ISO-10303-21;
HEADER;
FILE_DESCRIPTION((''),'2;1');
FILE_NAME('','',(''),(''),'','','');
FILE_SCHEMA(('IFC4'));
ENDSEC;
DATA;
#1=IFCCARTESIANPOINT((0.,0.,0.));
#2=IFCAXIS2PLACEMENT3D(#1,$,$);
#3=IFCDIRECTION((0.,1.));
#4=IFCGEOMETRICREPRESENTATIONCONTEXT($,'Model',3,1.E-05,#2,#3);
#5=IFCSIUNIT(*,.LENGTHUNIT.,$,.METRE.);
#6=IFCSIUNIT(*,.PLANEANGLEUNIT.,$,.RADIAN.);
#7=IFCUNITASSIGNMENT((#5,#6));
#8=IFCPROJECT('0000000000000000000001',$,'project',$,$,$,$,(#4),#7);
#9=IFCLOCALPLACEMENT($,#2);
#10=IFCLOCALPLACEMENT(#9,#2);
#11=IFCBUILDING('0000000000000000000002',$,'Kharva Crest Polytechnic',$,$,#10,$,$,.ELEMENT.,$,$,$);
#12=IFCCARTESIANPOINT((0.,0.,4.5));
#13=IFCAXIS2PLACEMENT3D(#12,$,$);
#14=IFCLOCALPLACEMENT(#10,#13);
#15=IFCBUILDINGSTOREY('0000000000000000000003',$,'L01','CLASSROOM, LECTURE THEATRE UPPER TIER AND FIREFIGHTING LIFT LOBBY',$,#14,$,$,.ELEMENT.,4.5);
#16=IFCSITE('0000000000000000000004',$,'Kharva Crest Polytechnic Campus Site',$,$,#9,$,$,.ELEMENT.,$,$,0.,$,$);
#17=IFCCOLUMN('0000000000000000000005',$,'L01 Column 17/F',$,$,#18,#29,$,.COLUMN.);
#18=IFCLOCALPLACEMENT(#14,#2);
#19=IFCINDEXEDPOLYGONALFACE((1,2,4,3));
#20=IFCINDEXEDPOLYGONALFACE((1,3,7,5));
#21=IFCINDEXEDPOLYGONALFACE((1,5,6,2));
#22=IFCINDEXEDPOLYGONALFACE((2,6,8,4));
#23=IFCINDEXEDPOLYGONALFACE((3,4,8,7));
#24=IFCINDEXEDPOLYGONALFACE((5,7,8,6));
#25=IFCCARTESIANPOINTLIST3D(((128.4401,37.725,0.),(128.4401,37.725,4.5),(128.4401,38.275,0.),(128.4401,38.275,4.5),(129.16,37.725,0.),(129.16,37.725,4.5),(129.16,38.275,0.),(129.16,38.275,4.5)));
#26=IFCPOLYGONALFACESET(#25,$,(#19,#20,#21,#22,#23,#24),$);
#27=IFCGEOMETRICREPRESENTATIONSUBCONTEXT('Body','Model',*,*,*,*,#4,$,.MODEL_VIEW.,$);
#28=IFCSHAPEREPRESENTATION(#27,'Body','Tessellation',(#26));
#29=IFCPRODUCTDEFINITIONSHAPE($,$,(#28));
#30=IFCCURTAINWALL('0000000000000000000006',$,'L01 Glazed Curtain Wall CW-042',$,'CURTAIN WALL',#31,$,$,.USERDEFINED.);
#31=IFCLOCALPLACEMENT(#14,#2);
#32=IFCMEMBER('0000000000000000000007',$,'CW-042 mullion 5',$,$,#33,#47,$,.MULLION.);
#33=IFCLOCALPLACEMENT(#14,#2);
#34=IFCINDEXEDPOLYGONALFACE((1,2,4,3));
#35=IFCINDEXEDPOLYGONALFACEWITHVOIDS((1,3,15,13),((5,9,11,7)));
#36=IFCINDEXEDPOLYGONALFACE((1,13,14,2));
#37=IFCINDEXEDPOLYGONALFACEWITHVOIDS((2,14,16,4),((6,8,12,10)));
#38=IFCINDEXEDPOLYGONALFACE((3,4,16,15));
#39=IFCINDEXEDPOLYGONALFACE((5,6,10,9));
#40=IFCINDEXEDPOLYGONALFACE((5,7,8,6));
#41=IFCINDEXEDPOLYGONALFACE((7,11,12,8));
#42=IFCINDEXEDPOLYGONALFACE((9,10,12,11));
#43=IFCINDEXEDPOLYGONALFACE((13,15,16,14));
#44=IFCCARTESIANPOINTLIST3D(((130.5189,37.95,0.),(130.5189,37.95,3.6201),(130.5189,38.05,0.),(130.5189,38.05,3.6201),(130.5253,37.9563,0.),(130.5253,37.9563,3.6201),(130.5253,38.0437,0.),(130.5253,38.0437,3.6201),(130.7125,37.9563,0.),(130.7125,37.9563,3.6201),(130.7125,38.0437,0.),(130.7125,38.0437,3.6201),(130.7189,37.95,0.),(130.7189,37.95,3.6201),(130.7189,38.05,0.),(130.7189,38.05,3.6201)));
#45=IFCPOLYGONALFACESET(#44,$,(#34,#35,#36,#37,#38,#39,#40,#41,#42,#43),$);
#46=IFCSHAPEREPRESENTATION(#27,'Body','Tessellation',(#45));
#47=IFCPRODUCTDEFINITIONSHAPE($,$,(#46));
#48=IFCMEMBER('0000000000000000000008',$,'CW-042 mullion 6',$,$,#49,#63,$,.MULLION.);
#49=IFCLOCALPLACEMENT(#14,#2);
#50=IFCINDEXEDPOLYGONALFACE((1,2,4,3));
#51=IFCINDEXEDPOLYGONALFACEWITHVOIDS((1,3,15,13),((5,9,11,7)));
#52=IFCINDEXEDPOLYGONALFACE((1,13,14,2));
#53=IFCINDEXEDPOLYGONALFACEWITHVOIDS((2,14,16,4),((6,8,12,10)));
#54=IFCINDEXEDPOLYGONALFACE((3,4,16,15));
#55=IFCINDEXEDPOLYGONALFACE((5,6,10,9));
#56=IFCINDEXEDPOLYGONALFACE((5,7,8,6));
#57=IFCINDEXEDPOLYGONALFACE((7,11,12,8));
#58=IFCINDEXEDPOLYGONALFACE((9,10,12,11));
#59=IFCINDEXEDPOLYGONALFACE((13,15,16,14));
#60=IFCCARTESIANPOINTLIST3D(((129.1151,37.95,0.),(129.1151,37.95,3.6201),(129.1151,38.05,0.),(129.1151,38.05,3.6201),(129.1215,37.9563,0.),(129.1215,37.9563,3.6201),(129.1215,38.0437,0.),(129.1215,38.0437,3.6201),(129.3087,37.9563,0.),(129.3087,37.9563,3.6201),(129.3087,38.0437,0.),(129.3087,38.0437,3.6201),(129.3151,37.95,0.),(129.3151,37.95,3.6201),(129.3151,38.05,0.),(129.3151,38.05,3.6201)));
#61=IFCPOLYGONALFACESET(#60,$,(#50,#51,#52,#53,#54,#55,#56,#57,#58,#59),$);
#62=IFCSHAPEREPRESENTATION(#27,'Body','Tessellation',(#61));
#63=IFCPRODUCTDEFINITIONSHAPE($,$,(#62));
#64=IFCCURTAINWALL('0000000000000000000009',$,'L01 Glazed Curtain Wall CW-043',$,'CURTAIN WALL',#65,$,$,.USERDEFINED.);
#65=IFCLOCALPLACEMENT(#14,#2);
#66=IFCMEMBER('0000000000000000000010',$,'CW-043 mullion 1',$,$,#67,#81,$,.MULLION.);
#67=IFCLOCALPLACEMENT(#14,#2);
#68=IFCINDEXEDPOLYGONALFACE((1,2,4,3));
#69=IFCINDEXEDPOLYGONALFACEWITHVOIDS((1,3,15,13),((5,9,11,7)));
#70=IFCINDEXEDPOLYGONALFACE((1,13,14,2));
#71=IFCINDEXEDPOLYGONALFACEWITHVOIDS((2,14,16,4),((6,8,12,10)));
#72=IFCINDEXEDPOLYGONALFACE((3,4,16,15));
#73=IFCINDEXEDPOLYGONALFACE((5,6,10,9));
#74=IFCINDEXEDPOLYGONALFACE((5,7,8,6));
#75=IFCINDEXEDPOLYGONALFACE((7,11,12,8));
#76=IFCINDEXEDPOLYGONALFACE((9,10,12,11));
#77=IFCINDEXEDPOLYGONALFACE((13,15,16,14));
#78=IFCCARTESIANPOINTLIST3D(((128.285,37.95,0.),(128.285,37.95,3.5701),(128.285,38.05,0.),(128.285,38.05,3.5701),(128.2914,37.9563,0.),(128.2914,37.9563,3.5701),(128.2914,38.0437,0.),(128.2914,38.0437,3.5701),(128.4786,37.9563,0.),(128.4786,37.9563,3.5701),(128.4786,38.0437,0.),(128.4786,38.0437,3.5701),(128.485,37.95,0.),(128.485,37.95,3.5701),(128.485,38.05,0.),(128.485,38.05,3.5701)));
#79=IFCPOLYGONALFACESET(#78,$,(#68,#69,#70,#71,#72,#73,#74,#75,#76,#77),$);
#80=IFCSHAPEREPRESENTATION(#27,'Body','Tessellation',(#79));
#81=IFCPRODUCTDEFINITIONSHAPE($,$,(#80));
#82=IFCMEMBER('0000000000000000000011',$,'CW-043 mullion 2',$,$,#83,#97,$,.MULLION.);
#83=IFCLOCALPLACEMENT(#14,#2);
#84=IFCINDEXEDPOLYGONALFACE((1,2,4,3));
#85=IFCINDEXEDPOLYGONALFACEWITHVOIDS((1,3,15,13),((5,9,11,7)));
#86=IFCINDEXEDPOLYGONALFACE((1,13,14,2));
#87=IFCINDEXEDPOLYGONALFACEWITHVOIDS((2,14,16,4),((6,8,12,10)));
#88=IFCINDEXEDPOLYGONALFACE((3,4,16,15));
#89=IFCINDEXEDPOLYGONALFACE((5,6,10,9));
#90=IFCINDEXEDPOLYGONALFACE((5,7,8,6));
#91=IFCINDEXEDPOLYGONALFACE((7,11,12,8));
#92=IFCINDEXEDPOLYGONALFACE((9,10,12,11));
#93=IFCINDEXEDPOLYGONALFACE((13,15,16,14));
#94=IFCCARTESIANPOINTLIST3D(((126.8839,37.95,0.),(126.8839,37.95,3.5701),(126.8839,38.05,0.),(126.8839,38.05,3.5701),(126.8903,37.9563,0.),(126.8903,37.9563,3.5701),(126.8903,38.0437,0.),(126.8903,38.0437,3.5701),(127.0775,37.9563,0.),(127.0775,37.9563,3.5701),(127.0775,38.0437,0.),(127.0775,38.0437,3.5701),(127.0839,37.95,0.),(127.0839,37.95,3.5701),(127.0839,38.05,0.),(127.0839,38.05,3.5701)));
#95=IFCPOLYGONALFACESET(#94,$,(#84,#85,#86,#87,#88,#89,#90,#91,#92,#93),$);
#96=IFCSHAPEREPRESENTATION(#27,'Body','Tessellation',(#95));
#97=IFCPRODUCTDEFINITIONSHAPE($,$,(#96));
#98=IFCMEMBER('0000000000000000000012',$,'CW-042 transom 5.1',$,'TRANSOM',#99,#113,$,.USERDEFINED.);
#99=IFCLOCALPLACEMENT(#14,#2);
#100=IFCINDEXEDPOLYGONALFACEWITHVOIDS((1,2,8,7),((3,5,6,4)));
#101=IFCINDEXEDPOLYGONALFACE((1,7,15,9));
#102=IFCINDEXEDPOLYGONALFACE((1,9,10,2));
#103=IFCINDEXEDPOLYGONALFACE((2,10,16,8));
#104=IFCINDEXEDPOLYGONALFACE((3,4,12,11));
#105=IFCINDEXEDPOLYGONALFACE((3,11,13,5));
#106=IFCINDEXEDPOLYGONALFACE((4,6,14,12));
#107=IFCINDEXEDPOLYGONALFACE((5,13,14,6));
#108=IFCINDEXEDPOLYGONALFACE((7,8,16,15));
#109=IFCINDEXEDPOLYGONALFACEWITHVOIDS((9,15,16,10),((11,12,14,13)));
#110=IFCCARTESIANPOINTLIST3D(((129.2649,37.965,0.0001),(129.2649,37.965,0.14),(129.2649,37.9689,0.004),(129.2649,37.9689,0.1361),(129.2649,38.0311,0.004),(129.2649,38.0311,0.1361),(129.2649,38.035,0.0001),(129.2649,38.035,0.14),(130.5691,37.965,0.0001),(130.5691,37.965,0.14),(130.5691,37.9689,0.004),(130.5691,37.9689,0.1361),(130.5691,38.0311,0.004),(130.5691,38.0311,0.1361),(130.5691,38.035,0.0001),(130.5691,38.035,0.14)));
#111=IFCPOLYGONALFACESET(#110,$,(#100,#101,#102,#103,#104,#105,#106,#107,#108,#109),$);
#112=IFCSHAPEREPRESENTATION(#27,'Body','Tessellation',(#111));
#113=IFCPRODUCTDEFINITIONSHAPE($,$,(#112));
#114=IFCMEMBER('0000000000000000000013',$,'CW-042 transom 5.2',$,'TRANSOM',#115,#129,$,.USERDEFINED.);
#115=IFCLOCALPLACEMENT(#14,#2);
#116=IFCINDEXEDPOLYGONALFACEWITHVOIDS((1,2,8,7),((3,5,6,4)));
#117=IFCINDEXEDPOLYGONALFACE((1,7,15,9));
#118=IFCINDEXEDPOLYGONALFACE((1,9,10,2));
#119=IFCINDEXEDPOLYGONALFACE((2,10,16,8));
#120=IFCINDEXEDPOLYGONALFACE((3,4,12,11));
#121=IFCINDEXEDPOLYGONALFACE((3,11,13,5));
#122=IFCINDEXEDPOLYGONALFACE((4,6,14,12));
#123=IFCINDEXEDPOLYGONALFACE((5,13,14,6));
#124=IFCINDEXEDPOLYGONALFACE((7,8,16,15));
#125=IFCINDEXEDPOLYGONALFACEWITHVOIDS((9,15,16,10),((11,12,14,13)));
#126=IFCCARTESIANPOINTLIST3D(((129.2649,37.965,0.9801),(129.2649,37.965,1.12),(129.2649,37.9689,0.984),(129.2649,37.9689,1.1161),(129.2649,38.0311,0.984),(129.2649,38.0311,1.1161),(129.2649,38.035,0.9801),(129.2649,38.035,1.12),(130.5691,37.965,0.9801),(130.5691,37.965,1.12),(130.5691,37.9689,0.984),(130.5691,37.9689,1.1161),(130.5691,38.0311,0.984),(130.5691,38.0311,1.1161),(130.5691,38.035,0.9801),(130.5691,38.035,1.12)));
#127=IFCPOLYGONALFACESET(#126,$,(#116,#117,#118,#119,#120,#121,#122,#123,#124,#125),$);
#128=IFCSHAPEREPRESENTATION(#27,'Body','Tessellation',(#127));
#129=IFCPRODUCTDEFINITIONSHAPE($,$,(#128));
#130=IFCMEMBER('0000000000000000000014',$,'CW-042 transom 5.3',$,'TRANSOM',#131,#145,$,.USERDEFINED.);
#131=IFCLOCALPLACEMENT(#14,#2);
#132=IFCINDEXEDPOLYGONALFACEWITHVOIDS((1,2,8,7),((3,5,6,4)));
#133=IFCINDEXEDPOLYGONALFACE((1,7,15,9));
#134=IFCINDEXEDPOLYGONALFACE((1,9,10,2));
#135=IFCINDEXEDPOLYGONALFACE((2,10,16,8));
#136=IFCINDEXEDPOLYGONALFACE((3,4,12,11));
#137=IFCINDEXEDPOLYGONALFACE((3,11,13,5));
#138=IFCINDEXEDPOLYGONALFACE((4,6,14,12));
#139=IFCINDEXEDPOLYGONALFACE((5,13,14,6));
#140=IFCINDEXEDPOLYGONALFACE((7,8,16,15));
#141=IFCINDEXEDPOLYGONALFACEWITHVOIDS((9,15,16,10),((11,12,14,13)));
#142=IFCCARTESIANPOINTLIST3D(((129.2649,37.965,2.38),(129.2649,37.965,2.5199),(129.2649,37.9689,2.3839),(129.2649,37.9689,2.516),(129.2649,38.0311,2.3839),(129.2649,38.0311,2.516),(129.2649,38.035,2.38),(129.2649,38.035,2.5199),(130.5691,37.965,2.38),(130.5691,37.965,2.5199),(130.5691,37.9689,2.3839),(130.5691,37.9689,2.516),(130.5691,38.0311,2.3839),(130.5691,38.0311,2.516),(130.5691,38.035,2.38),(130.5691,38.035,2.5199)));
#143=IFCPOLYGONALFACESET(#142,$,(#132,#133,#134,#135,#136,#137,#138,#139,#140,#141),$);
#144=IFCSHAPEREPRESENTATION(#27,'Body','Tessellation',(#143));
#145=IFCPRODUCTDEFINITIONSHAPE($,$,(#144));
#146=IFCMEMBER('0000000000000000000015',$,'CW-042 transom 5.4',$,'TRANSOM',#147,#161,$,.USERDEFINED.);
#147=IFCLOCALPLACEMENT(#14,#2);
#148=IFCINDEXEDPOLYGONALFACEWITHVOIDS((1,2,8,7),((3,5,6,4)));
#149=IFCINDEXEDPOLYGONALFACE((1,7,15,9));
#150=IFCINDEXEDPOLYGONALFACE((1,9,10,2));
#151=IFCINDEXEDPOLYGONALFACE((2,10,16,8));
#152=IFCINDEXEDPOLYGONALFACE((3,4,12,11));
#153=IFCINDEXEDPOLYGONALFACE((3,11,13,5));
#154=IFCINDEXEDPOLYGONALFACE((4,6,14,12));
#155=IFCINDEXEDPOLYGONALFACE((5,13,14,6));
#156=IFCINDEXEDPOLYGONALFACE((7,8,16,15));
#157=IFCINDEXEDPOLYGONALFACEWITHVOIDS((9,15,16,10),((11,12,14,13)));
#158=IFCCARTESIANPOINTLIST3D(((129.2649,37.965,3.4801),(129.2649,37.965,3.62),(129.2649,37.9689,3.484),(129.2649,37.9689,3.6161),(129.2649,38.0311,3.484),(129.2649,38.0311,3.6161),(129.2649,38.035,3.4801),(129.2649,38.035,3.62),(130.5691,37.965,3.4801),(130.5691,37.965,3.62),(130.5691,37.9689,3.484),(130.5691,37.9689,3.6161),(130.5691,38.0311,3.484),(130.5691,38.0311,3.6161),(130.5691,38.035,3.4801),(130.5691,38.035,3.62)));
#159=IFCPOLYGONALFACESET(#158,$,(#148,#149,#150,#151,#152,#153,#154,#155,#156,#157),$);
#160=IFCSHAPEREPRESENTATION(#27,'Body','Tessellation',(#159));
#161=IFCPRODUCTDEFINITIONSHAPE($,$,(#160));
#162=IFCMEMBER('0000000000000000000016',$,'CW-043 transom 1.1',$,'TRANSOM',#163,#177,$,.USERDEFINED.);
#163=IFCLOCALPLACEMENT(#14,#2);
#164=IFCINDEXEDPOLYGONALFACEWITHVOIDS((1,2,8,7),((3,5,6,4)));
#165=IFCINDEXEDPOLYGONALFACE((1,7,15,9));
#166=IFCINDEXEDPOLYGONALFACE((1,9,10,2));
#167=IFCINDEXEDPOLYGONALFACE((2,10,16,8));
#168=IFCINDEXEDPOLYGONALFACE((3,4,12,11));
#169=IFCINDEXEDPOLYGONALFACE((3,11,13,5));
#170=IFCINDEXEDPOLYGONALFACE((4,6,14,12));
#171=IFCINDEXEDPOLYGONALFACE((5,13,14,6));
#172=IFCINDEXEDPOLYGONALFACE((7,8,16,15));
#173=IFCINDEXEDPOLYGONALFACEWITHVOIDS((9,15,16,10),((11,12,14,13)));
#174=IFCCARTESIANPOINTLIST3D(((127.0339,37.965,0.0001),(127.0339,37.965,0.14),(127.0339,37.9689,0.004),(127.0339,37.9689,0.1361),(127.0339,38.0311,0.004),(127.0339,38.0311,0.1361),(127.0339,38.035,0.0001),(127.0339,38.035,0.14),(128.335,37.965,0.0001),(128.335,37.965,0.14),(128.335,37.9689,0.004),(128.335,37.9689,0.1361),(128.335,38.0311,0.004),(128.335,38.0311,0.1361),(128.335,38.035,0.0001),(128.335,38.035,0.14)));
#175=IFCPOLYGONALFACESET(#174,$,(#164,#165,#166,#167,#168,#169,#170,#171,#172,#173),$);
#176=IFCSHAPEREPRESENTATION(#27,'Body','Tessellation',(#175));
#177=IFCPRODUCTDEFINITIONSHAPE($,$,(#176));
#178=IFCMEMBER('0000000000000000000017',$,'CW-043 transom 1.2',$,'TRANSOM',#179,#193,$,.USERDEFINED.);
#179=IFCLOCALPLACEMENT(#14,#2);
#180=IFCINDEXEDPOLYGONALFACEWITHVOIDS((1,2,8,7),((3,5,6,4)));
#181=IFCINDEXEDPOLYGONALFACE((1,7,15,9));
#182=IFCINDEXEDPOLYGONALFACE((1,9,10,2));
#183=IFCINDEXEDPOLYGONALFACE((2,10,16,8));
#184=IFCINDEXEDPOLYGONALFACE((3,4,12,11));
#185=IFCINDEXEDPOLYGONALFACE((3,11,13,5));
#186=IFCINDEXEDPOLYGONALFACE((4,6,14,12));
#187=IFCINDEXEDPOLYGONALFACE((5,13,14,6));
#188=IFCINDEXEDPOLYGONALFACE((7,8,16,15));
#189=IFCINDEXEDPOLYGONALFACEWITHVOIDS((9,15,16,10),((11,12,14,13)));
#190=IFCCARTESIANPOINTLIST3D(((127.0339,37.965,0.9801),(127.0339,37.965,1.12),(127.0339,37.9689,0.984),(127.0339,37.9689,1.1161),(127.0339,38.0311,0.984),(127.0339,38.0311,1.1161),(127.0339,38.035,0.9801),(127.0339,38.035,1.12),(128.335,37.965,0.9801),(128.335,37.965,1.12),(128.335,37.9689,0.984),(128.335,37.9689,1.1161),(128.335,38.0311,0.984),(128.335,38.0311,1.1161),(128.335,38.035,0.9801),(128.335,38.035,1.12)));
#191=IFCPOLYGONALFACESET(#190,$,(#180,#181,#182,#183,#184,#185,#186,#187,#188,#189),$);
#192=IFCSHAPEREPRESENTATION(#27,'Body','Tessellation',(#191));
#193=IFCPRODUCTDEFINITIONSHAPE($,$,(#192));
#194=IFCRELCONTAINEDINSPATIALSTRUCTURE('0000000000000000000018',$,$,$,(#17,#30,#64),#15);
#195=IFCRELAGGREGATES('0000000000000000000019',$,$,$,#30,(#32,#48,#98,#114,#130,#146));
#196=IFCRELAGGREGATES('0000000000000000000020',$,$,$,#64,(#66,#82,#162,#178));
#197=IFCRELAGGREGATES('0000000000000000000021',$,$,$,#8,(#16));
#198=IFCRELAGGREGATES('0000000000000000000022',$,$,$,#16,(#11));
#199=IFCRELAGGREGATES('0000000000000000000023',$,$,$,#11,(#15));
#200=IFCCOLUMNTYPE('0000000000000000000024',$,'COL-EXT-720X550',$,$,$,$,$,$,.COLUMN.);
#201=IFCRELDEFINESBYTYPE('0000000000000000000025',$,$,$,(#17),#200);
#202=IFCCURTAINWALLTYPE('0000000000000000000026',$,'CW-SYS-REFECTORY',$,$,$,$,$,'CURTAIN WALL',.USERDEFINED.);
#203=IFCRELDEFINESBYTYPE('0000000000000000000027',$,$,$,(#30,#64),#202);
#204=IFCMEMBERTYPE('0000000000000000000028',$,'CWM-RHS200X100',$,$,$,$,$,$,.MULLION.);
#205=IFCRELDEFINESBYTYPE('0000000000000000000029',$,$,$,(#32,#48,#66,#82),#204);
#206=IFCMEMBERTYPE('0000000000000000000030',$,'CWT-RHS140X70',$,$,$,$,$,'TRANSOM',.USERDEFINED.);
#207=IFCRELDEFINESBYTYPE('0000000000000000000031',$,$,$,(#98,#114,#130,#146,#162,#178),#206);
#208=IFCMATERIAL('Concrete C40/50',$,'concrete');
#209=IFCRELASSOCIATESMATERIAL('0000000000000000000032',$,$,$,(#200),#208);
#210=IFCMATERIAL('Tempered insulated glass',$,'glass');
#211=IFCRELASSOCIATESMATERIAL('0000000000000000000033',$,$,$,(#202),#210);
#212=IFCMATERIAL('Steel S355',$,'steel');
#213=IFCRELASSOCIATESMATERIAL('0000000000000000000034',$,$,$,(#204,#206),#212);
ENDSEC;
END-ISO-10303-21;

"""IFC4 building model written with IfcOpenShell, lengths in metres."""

from ifc_helpers import new_model, si_unit, direction, frame, origin, origin_2d, place, context, subcontext, project, spatial, rectangle, hollow_rectangle, extrude, material, material_profile, profile_set, type_object, element, aggregate, save


model = new_model("IFC4")

# Units and contexts
model_context = context("Model", 3, precision=1e-05, world=origin(), true_north=direction((0.0, 1.0)))
body_context = subcontext(model_context, "Body", "Model", "MODEL_VIEW")
ifc_project = project(units=[si_unit("LENGTHUNIT", "METRE"), si_unit("PLANEANGLEUNIT", "RADIAN")], contexts=[model_context])

# Site, building, storey
site_placement = place(None, origin())
site = spatial("IfcSite", under=ifc_project, at=site_placement, Name="Kharva Crest Polytechnic Campus Site", CompositionType="ELEMENT", RefElevation=0.0)
building_placement = place(site_placement, origin())
building = spatial("IfcBuilding", under=site, at=building_placement, Name="Kharva Crest Polytechnic", CompositionType="ELEMENT")
storey_placement = place(building_placement, frame((0.0, 0.0, 4.5)))
storey = spatial("IfcBuildingStorey", under=building, at=storey_placement, Name="L01", Description="CLASSROOM, LECTURE THEATRE UPPER TIER AND FIREFIGHTING LIFT LOBBY", CompositionType="ELEMENT", Elevation=4.5)

# Column
ifc_material_1 = material(Name="Concrete C40/50", Category="concrete")
ifc_material_profile_1 = material_profile(ifc_material_1, rectangle(XDim=0.72, YDim=0.55, at=origin_2d()), Name="RECT 720 X 550")
ifc_profile_set_1 = profile_set([ifc_material_profile_1], Name="Concrete C40/50")
column_type = type_object("IfcColumnType", Name="COL-EXT-720X550", PredefinedType="COLUMN", material=ifc_profile_set_1)
column_placement = place(storey_placement, frame((128.8, 38.0, 0.0), z_axis=(0.0, 0.0, 1.0), x_axis=(1.0, 0.0, 0.0)))
element("IfcColumn", 1, at=column_placement, inside=storey, type_object=column_type, Name="L01 Column 17/F", PredefinedType="COLUMN", context=body_context, shape_type="SweptSolid", body=[
    extrude(rectangle(XDim=0.72, YDim=0.55, at=origin_2d()), origin(), (0.0, 0.0, 1.0), 4.5),
])

# Curtain walls, members
ifc_material_2 = material(Name="Tempered insulated glass", Category="glass")
curtain_wall_type = type_object("IfcCurtainWallType", Name="CW-SYS-REFECTORY", ElementType="CURTAIN WALL", PredefinedType="USERDEFINED", material=ifc_material_2)
curtain_wall_1_placement = place(storey_placement, origin())
curtain_wall_1 = element("IfcCurtainWall", 2, at=curtain_wall_1_placement, inside=storey, type_object=curtain_wall_type, Name="L01 Glazed Curtain Wall CW-042", ObjectType="CURTAIN WALL", PredefinedType="USERDEFINED")
ifc_material_3 = material(Name="Steel S355", Category="steel")
ifc_material_profile_2 = material_profile(ifc_material_3, hollow_rectangle(XDim=0.1001, YDim=0.2, WallThickness=0.0063, at=origin_2d()), Name="RHS 200X100X6.3")
ifc_profile_set_2 = profile_set([ifc_material_profile_2], Name="Steel S355")
member_type_1 = type_object("IfcMemberType", Name="CWM-RHS200X100", PredefinedType="MULLION", material=ifc_profile_set_2)
member_1_placement = place(storey_placement, frame((130.6189, 38.0, 0.0), z_axis=(0.0, 0.0, 1.0), x_axis=(0.0, -1.0, 0.0)))
member_1 = element("IfcMember", 3, at=member_1_placement, type_object=member_type_1, Name="CW-042 mullion 5", PredefinedType="MULLION", context=body_context, shape_type="SweptSolid", body=[
    extrude(hollow_rectangle(XDim=0.1001, YDim=0.2, WallThickness=0.0063, at=origin_2d()), origin(), (0.0, 0.0, 1.0), 3.6201),
])
member_2_placement = place(storey_placement, frame((129.2151, 38.0, 0.0), z_axis=(0.0, 0.0, 1.0), x_axis=(0.0, -1.0, 0.0)))
member_2 = element("IfcMember", 4, at=member_2_placement, type_object=member_type_1, Name="CW-042 mullion 6", PredefinedType="MULLION", context=body_context, shape_type="SweptSolid", body=[
    extrude(hollow_rectangle(XDim=0.1001, YDim=0.2, WallThickness=0.0063, at=origin_2d()), origin(), (0.0, 0.0, 1.0), 3.6201),
])
curtain_wall_2_placement = place(storey_placement, origin())
curtain_wall_2 = element("IfcCurtainWall", 5, at=curtain_wall_2_placement, inside=storey, type_object=curtain_wall_type, Name="L01 Glazed Curtain Wall CW-043", ObjectType="CURTAIN WALL", PredefinedType="USERDEFINED")
member_3_placement = place(storey_placement, frame((128.385, 38.0, 0.0), z_axis=(0.0, 0.0, 1.0), x_axis=(0.0, -1.0, 0.0)))
member_3 = element("IfcMember", 6, at=member_3_placement, type_object=member_type_1, Name="CW-043 mullion 1", PredefinedType="MULLION", context=body_context, shape_type="SweptSolid", body=[
    extrude(hollow_rectangle(XDim=0.1001, YDim=0.2, WallThickness=0.0063, at=origin_2d()), origin(), (0.0, 0.0, 1.0), 3.5701),
])
member_4_placement = place(storey_placement, frame((126.9839, 38.0, 0.0), z_axis=(0.0, 0.0, 1.0), x_axis=(0.0, -1.0, 0.0)))
member_4 = element("IfcMember", 7, at=member_4_placement, type_object=member_type_1, Name="CW-043 mullion 2", PredefinedType="MULLION", context=body_context, shape_type="SweptSolid", body=[
    extrude(hollow_rectangle(XDim=0.1001, YDim=0.2, WallThickness=0.0063, at=origin_2d()), origin(), (0.0, 0.0, 1.0), 3.5701),
])

# Members
ifc_material_profile_3 = material_profile(ifc_material_3, hollow_rectangle(XDim=0.0701, YDim=0.1399, WallThickness=0.0039, at=origin_2d()), Name="RHS 140X70X4.0")
ifc_profile_set_3 = profile_set([ifc_material_profile_3], Name="Steel S355")
member_type_2 = type_object("IfcMemberType", Name="CWT-RHS140X70", ElementType="TRANSOM", PredefinedType="USERDEFINED", material=ifc_profile_set_3)
member_5_placement = place(storey_placement, frame((130.5691, 38.0, 0.0701), z_axis=(-1.0, 0.0, 0.0), x_axis=(0.0, -1.0, 0.0)))
member_5 = element("IfcMember", 8, at=member_5_placement, type_object=member_type_2, Name="CW-042 transom 5.1", ObjectType="TRANSOM", PredefinedType="USERDEFINED", context=body_context, shape_type="SweptSolid", body=[
    extrude(hollow_rectangle(XDim=0.0701, YDim=0.1399, WallThickness=0.0039, at=origin_2d()), origin(), (0.0, 0.0, 1.0), 1.3042),
])
member_6_placement = place(storey_placement, frame((130.5691, 38.0, 1.05), z_axis=(-1.0, 0.0, 0.0), x_axis=(0.0, -1.0, 0.0)))
member_6 = element("IfcMember", 9, at=member_6_placement, type_object=member_type_2, Name="CW-042 transom 5.2", ObjectType="TRANSOM", PredefinedType="USERDEFINED", context=body_context, shape_type="SweptSolid", body=[
    extrude(hollow_rectangle(XDim=0.0701, YDim=0.1399, WallThickness=0.0039, at=origin_2d()), origin(), (0.0, 0.0, 1.0), 1.3042),
])
member_7_placement = place(storey_placement, frame((130.5691, 38.0, 2.45), z_axis=(-1.0, 0.0, 0.0), x_axis=(0.0, -1.0, 0.0)))
member_7 = element("IfcMember", 10, at=member_7_placement, type_object=member_type_2, Name="CW-042 transom 5.3", ObjectType="TRANSOM", PredefinedType="USERDEFINED", context=body_context, shape_type="SweptSolid", body=[
    extrude(hollow_rectangle(XDim=0.0701, YDim=0.1399, WallThickness=0.0039, at=origin_2d()), origin(), (0.0, 0.0, 1.0), 1.3042),
])
member_8_placement = place(storey_placement, frame((130.5691, 38.0, 3.55), z_axis=(-1.0, 0.0, 0.0), x_axis=(0.0, -1.0, 0.0)))
member_8 = element("IfcMember", 11, at=member_8_placement, type_object=member_type_2, Name="CW-042 transom 5.4", ObjectType="TRANSOM", PredefinedType="USERDEFINED", context=body_context, shape_type="SweptSolid", body=[
    extrude(hollow_rectangle(XDim=0.0701, YDim=0.1399, WallThickness=0.0039, at=origin_2d()), origin(), (0.0, 0.0, 1.0), 1.3042),
])
member_9_placement = place(storey_placement, frame((128.335, 38.0, 0.0701), z_axis=(-1.0, 0.0, 0.0), x_axis=(0.0, -1.0, 0.0)))
member_9 = element("IfcMember", 12, at=member_9_placement, type_object=member_type_2, Name="CW-043 transom 1.1", ObjectType="TRANSOM", PredefinedType="USERDEFINED", context=body_context, shape_type="SweptSolid", body=[
    extrude(hollow_rectangle(XDim=0.0701, YDim=0.1399, WallThickness=0.0039, at=origin_2d()), origin(), (0.0, 0.0, 1.0), 1.301),
])
member_10_placement = place(storey_placement, frame((128.335, 38.0, 1.05), z_axis=(-1.0, 0.0, 0.0), x_axis=(0.0, -1.0, 0.0)))
member_10 = element("IfcMember", 13, at=member_10_placement, type_object=member_type_2, Name="CW-043 transom 1.2", ObjectType="TRANSOM", PredefinedType="USERDEFINED", context=body_context, shape_type="SweptSolid", body=[
    extrude(hollow_rectangle(XDim=0.0701, YDim=0.1399, WallThickness=0.0039, at=origin_2d()), origin(), (0.0, 0.0, 1.0), 1.301),
])

aggregate(curtain_wall_1, [member_1, member_2, member_5, member_6, member_7, member_8])
aggregate(curtain_wall_2, [member_3, member_4, member_9, member_10])

save(model, "model.ifc")
